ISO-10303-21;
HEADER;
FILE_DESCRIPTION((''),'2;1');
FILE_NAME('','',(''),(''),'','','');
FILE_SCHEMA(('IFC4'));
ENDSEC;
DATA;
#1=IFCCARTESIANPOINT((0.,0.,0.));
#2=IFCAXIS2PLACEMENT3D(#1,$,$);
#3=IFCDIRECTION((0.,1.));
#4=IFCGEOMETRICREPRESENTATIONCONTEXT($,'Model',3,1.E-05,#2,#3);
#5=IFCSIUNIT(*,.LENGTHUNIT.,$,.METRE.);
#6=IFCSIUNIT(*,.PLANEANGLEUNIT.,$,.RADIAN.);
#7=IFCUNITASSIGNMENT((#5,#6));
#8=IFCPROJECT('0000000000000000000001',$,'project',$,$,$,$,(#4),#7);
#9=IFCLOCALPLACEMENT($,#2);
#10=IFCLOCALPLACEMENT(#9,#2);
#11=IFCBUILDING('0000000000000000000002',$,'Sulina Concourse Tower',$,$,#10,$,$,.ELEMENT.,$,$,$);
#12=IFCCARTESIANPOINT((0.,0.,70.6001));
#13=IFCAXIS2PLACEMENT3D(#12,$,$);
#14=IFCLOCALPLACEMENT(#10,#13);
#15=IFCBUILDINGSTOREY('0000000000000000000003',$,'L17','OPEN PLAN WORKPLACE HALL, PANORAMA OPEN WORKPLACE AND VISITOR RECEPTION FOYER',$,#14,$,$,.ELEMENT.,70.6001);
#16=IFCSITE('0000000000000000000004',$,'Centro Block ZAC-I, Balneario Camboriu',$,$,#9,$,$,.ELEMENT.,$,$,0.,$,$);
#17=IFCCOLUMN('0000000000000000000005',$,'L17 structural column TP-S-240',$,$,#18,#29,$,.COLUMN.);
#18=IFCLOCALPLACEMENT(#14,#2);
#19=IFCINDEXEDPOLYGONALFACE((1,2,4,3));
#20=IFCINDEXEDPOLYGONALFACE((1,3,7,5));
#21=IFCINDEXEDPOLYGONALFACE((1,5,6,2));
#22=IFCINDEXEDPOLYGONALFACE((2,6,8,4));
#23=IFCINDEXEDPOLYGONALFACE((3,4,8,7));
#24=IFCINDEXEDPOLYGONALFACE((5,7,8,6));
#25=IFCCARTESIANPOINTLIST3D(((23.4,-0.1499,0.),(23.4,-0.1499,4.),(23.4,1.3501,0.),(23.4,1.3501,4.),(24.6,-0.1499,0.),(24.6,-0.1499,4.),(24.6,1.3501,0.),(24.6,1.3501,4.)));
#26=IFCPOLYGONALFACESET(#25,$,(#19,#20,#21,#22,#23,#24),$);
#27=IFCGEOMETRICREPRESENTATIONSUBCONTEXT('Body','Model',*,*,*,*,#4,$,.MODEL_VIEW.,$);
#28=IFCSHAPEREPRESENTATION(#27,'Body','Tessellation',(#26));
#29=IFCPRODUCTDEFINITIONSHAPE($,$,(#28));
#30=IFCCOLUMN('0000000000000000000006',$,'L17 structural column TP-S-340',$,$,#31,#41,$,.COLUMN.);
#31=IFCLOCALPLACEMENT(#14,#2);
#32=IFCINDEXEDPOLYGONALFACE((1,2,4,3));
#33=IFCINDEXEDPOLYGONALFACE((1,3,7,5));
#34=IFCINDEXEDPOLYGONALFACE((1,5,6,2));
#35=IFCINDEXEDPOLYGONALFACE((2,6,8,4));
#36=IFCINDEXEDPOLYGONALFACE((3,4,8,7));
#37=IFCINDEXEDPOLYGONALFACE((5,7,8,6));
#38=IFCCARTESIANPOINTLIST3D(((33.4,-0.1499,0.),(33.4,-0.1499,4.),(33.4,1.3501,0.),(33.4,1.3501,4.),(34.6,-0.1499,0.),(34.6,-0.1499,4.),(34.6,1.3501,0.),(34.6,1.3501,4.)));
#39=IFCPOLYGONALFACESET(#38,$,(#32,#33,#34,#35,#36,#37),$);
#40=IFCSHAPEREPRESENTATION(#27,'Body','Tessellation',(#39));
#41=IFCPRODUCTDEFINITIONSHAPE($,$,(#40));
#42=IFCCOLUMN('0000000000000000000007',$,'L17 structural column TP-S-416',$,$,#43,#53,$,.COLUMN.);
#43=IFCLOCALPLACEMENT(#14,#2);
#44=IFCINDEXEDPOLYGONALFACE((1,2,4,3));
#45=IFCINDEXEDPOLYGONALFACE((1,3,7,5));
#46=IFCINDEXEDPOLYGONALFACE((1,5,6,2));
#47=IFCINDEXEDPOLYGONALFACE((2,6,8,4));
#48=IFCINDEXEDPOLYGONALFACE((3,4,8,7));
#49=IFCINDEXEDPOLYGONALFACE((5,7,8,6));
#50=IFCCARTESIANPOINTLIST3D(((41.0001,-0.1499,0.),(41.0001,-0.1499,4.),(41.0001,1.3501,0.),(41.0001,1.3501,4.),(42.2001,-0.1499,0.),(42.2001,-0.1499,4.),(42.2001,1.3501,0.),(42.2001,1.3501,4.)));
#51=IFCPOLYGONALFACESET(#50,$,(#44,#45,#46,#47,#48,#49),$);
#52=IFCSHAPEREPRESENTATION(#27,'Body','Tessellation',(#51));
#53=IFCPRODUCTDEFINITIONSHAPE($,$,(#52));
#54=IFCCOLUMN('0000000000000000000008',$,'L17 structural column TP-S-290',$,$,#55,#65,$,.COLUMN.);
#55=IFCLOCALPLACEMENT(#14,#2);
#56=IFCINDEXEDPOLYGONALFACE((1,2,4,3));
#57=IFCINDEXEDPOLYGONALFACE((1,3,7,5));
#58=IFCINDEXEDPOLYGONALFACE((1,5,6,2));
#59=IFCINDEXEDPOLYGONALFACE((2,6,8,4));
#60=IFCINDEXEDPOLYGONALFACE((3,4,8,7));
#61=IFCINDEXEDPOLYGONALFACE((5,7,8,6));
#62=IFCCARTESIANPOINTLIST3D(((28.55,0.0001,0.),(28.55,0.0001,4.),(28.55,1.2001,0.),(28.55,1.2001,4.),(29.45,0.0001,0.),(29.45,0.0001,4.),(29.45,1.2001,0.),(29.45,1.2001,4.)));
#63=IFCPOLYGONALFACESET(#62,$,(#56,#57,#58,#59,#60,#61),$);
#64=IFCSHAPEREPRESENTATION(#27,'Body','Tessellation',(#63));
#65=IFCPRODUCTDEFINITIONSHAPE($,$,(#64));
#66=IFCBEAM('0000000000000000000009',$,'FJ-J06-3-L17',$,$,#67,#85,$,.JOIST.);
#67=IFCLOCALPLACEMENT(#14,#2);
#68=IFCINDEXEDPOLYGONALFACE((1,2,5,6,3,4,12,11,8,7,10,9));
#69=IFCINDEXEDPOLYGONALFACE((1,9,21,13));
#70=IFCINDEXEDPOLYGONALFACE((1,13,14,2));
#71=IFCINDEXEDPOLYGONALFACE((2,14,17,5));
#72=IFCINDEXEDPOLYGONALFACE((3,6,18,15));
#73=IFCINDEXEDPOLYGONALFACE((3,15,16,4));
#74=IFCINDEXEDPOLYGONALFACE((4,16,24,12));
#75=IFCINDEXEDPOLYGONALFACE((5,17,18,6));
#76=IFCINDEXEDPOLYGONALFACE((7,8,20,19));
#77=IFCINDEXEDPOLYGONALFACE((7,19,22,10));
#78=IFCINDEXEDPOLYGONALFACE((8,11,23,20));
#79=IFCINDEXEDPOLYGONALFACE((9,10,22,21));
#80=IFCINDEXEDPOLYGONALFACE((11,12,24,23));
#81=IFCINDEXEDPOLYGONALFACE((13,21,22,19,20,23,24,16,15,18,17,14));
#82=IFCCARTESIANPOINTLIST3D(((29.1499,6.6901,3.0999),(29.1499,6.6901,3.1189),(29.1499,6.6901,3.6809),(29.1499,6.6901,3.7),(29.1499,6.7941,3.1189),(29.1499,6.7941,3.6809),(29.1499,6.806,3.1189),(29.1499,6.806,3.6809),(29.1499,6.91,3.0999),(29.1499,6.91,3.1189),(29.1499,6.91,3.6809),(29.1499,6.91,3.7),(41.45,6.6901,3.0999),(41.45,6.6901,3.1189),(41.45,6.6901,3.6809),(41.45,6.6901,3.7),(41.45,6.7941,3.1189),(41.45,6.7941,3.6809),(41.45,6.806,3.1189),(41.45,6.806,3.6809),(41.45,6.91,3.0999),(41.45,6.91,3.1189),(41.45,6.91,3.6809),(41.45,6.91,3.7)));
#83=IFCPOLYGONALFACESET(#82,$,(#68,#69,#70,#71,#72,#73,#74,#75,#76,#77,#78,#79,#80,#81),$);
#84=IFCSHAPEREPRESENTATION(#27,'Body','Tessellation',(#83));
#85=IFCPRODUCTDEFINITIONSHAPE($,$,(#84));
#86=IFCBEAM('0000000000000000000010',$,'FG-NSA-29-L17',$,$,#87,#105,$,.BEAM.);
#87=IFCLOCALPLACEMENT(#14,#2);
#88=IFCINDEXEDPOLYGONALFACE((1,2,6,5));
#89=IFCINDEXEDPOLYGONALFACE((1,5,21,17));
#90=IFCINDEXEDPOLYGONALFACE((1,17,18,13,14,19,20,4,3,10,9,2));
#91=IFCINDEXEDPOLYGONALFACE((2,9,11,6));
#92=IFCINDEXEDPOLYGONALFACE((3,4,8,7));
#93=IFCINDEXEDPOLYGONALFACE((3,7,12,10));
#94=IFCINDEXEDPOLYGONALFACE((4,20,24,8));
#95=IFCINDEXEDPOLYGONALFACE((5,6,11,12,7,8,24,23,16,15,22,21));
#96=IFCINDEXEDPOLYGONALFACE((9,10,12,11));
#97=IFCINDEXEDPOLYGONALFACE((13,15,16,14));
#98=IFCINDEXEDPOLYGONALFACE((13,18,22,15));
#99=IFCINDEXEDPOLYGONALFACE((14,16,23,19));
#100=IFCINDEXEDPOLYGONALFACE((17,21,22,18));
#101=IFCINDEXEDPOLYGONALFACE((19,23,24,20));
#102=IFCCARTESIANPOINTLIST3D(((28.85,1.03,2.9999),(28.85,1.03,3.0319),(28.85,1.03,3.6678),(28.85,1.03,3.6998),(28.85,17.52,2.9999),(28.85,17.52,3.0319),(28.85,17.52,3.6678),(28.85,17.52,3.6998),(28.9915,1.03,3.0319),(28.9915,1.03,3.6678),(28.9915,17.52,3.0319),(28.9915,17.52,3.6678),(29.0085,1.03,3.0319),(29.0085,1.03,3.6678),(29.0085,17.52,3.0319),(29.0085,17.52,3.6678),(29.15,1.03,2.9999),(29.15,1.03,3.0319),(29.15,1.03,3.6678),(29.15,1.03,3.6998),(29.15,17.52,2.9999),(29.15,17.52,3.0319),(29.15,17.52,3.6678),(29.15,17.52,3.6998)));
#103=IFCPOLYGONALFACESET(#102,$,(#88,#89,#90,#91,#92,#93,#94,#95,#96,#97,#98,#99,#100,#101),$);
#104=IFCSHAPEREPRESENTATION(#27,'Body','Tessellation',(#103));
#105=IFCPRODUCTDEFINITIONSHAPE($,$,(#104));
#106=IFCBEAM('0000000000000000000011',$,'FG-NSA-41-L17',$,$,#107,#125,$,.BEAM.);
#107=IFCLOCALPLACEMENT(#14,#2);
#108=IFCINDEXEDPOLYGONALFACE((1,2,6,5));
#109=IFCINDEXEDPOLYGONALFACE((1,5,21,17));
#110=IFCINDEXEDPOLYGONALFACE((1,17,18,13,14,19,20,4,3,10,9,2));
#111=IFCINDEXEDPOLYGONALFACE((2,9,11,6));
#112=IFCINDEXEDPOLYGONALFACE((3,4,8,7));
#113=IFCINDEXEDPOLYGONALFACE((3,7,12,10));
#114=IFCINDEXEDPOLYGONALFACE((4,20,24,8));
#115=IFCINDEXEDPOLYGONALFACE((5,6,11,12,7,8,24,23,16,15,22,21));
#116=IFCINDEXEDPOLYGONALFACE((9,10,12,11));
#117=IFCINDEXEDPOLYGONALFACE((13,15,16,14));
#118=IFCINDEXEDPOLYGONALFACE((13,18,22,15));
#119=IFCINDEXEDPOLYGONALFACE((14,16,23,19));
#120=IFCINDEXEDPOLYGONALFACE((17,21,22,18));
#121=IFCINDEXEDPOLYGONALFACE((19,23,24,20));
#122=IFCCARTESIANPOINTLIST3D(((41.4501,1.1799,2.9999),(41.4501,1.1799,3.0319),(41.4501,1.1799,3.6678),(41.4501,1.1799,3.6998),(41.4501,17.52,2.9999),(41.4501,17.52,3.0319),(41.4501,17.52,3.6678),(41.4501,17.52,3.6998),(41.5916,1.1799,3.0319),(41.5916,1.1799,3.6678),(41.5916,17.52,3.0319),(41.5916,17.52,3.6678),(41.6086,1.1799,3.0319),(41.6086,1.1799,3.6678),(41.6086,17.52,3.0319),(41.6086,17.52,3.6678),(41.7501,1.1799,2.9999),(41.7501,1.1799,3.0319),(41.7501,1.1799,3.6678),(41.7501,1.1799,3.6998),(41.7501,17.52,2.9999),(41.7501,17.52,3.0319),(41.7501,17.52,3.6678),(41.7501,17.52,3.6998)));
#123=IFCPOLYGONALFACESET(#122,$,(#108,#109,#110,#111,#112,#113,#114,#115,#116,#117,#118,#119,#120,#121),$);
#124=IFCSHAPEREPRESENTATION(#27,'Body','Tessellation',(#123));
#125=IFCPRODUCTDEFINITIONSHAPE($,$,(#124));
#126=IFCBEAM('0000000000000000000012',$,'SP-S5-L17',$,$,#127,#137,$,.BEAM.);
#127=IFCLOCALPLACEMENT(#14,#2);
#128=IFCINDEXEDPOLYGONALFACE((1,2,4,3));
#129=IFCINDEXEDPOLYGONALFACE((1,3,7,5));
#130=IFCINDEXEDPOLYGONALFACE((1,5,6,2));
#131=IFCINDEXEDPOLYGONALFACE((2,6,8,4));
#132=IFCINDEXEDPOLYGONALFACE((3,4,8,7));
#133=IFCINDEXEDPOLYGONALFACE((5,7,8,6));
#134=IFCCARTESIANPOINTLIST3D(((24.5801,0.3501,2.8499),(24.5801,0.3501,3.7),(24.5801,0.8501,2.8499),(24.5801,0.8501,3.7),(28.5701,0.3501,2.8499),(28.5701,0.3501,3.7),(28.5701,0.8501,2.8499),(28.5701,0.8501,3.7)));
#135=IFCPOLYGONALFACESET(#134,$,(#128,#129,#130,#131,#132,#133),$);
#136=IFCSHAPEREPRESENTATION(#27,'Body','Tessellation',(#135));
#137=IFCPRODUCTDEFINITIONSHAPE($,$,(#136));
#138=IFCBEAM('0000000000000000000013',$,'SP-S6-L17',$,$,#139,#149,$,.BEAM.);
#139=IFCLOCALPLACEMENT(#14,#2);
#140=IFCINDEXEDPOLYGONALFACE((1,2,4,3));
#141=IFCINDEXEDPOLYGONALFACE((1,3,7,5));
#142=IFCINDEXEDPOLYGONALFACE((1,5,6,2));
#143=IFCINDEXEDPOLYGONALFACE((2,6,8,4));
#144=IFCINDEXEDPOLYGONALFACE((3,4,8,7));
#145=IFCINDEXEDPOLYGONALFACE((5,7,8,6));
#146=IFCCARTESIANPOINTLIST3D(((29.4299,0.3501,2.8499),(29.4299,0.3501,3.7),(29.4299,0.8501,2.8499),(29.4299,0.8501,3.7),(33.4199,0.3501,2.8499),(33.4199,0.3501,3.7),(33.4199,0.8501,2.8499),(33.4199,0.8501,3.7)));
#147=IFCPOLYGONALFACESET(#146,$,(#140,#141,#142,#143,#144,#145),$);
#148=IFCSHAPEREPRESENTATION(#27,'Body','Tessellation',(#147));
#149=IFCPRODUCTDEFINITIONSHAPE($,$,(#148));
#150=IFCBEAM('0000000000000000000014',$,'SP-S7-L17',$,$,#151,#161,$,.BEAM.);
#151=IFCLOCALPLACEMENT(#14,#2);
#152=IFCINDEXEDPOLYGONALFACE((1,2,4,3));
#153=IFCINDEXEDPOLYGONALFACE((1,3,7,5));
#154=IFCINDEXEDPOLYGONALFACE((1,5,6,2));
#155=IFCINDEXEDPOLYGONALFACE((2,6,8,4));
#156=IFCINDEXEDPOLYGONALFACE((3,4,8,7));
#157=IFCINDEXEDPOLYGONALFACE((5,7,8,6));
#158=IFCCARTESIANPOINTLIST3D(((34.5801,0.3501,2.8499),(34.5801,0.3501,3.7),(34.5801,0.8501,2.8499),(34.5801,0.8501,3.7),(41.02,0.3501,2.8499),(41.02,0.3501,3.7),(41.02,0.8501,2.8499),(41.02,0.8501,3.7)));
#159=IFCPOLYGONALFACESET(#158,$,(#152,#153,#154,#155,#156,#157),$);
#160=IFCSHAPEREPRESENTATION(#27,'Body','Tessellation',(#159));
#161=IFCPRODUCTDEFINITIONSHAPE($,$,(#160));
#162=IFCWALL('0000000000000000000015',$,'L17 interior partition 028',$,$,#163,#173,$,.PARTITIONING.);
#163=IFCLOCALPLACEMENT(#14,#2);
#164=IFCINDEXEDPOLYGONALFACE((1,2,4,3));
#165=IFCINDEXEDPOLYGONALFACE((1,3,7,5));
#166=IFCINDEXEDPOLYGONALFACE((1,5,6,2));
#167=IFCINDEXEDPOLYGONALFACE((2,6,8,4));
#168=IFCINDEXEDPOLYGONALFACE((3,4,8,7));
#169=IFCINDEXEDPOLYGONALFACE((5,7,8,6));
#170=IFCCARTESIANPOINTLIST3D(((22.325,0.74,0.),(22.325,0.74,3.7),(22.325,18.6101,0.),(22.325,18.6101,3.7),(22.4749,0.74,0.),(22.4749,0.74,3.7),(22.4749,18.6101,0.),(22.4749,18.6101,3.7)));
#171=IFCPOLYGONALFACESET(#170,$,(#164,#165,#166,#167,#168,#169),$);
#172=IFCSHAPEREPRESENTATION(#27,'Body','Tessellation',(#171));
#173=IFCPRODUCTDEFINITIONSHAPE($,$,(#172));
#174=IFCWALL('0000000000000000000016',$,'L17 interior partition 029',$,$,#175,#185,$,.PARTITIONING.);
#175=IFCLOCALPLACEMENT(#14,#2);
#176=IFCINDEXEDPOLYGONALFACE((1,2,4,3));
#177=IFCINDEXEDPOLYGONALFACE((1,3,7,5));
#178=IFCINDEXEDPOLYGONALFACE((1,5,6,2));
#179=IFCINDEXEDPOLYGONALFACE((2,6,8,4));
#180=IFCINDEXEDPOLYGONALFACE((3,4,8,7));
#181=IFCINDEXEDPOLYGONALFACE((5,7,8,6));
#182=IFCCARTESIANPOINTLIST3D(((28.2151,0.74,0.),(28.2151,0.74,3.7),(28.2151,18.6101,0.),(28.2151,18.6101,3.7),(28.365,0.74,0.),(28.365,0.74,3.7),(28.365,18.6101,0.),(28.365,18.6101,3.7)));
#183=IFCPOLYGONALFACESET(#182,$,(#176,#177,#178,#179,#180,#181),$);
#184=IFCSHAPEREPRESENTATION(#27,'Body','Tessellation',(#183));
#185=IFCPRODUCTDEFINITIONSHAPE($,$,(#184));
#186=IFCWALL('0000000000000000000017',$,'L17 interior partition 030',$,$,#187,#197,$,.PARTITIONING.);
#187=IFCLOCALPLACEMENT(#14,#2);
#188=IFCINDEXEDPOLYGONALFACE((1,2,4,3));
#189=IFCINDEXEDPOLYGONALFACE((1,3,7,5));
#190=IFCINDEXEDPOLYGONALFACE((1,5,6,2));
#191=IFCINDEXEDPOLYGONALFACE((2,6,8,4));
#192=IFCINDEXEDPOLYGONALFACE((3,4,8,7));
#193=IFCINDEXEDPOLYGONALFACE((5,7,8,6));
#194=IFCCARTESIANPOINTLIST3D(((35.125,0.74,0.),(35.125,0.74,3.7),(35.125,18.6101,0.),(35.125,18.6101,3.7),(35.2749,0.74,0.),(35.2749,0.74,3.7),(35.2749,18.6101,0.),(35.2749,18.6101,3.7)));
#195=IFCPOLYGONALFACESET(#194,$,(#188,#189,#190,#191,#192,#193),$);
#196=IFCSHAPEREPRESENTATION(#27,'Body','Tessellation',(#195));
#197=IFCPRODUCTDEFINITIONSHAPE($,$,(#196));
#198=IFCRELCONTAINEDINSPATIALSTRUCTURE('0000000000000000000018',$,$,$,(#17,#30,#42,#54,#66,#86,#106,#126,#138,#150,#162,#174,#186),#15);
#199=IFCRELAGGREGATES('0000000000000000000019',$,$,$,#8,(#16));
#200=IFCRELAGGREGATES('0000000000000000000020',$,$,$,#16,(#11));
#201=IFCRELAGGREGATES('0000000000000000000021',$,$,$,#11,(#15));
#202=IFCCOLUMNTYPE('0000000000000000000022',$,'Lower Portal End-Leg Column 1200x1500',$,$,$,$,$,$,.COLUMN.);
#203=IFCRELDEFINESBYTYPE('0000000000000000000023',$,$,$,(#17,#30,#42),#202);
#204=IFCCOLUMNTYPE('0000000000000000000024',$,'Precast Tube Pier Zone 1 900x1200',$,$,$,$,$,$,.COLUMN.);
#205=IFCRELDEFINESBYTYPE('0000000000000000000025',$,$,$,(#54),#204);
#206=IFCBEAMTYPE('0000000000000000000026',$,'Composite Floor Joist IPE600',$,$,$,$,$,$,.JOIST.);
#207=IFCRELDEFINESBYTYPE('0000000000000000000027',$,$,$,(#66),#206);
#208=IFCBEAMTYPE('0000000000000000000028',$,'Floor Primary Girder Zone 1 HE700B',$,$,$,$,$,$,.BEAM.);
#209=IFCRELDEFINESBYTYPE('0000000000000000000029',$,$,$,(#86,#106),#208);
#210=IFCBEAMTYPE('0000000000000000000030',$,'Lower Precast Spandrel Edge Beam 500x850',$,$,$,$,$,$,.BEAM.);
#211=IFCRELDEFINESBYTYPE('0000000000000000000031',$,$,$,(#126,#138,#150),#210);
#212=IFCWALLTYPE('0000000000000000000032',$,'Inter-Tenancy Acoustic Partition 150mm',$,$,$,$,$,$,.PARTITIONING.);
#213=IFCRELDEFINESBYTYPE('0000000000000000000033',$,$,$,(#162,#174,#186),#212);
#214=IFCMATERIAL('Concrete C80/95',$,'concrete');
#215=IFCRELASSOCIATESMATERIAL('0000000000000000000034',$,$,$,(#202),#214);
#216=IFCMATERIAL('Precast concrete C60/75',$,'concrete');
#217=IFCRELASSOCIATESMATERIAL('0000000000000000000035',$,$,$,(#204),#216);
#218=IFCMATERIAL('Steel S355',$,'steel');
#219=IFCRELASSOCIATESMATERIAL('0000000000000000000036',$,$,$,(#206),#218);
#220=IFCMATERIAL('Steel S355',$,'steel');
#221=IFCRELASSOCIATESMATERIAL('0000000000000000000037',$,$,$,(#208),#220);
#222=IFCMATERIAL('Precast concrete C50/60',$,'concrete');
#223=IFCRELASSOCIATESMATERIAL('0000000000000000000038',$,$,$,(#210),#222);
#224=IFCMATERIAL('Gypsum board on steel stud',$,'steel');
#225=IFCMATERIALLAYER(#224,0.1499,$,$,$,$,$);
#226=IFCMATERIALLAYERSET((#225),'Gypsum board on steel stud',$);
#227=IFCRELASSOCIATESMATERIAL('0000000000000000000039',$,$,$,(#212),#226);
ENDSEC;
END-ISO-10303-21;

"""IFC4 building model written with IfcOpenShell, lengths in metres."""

from ifc_helpers import new_model, si_unit, direction, frame, frame_2d, origin, origin_2d, place, context, subcontext, project, spatial, rectangle, i_section, extrude, material, layer, layer_set, material_profile, profile_set, type_object, element, save


model = new_model("IFC4")

# Units and contexts
model_context = context("Model", 3, precision=1e-05, world=origin(), true_north=direction((0.0, 1.0)))
body_context = subcontext(model_context, "Body", "Model", "MODEL_VIEW")
ifc_project = project(units=[si_unit("LENGTHUNIT", "METRE"), si_unit("PLANEANGLEUNIT", "RADIAN")], contexts=[model_context])

# Site, building, storey
site_placement = place(None, origin())
site = spatial("IfcSite", under=ifc_project, at=site_placement, Name="Centro Block ZAC-I, Balneario Camboriu", CompositionType="ELEMENT", RefElevation=0.0)
building_placement = place(site_placement, origin())
building = spatial("IfcBuilding", under=site, at=building_placement, Name="Sulina Concourse Tower", CompositionType="ELEMENT")
storey_placement = place(building_placement, frame((0.0, 0.0, 70.6001)))
storey = spatial("IfcBuildingStorey", under=building, at=storey_placement, Name="L17", Description="OPEN PLAN WORKPLACE HALL, PANORAMA OPEN WORKPLACE AND VISITOR RECEPTION FOYER", CompositionType="ELEMENT", Elevation=70.6001)

# Columns
ifc_material_1 = material(Name="Concrete C80/95", Category="concrete")
ifc_material_profile_1 = material_profile(ifc_material_1, rectangle(XDim=1.2, YDim=1.5, at=origin_2d()), Name="RC 1200x1500")
ifc_profile_set_1 = profile_set([ifc_material_profile_1], Name="Concrete C80/95")
column_type_1 = type_object("IfcColumnType", Name="Lower Portal End-Leg Column 1200x1500", PredefinedType="COLUMN", material=ifc_profile_set_1)
for number, where, z_axis, x_axis, name in (
    (1, (24.0, 0.6001, 0.0), (0.0, 0.0, 1.0), (1.0, 0.0, 0.0), "L17 structural column TP-S-240"),
    (2, (34.0, 0.6001, 0.0), (0.0, 0.0, 1.0), (1.0, 0.0, 0.0), "L17 structural column TP-S-340"),
    (3, (41.6001, 0.6001, 0.0), (0.0, 0.0, 1.0), (1.0, 0.0, 0.0), "L17 structural column TP-S-416"),
):
    element("IfcColumn", number, at=place(storey_placement, frame(where, z_axis=z_axis, x_axis=x_axis)), inside=storey, type_object=column_type_1, Name=name, PredefinedType="COLUMN", context=body_context, shape_type="SweptSolid", body=[
        extrude(rectangle(XDim=1.2, YDim=1.5, at=origin_2d()), origin(), (0.0, 0.0, 1.0), 4.0),
    ])
ifc_material_2 = material(Name="Precast concrete C60/75", Category="concrete")
ifc_material_profile_2 = material_profile(ifc_material_2, rectangle(XDim=0.8999, YDim=1.2, at=origin_2d()), Name="PC 900x1200")
ifc_profile_set_2 = profile_set([ifc_material_profile_2], Name="Precast concrete C60/75")
column_type_2 = type_object("IfcColumnType", Name="Precast Tube Pier Zone 1 900x1200", PredefinedType="COLUMN", material=ifc_profile_set_2)
column_placement = place(storey_placement, frame((29.0, 0.6001, 0.0), z_axis=(0.0, 0.0, 1.0), x_axis=(1.0, 0.0, 0.0)))
element("IfcColumn", 4, at=column_placement, inside=storey, type_object=column_type_2, Name="L17 structural column TP-S-290", PredefinedType="COLUMN", context=body_context, shape_type="SweptSolid", body=[
    extrude(rectangle(XDim=0.8999, YDim=1.2, at=origin_2d()), origin(), (0.0, 0.0, 1.0), 4.0),
])

# Beams
ifc_material_3 = material(Name="Steel S355", Category="steel")
ifc_material_profile_3 = material_profile(ifc_material_3, i_section(OverallWidth=0.22, OverallDepth=0.6001, WebThickness=0.012, FlangeThickness=0.019, at=origin_2d()), Name="IPE 600")
ifc_profile_set_3 = profile_set([ifc_material_profile_3], Name="Steel S355")
beam_type_1 = type_object("IfcBeamType", Name="Composite Floor Joist IPE600", PredefinedType="JOIST", material=ifc_profile_set_3)
beam_1_placement = place(storey_placement, frame((29.1499, 6.8, 3.3999), z_axis=(1.0, 0.0, 0.0), x_axis=(0.0, 1.0, 0.0)))
element("IfcBeam", 5, at=beam_1_placement, inside=storey, type_object=beam_type_1, Name="FJ-J06-3-L17", PredefinedType="JOIST", context=body_context, shape_type="SweptSolid", body=[
    extrude(i_section(OverallWidth=0.22, OverallDepth=0.6001, WebThickness=0.012, FlangeThickness=0.019, at=origin_2d()), origin(), (0.0, 0.0, 1.0), 12.3),
])
ifc_material_4 = material(Name="Steel S355", Category="steel")
ifc_material_profile_4 = material_profile(ifc_material_4, i_section(OverallWidth=0.3, OverallDepth=0.7, WebThickness=0.0171, FlangeThickness=0.032, at=origin_2d()), Name="HE 700 B")
ifc_profile_set_4 = profile_set([ifc_material_profile_4], Name="Steel S355")
beam_type_2 = type_object("IfcBeamType", Name="Floor Primary Girder Zone 1 HE700B", PredefinedType="BEAM", material=ifc_profile_set_4)
beam_2_placement = place(storey_placement, frame((29.0, 1.03, 3.3499), z_axis=(0.0, 1.0, 0.0), x_axis=(-1.0, 0.0, 0.0)))
element("IfcBeam", 6, at=beam_2_placement, inside=storey, type_object=beam_type_2, Name="FG-NSA-29-L17", PredefinedType="BEAM", context=body_context, shape_type="SweptSolid", body=[
    extrude(i_section(OverallWidth=0.3, OverallDepth=0.7, WebThickness=0.0171, FlangeThickness=0.032, at=origin_2d()), origin(), (0.0, 0.0, 1.0), 16.49),
])
beam_3_placement = place(storey_placement, frame((41.6001, 1.1799, 3.3499), z_axis=(0.0, 1.0, 0.0), x_axis=(-1.0, 0.0, 0.0)))
element("IfcBeam", 7, at=beam_3_placement, inside=storey, type_object=beam_type_2, Name="FG-NSA-41-L17", PredefinedType="BEAM", context=body_context, shape_type="SweptSolid", body=[
    extrude(i_section(OverallWidth=0.3, OverallDepth=0.7, WebThickness=0.0171, FlangeThickness=0.032, at=origin_2d()), origin(), (0.0, 0.0, 1.0), 16.3401),
])
ifc_material_5 = material(Name="Precast concrete C50/60", Category="concrete")
ifc_material_profile_5 = material_profile(ifc_material_5, rectangle(XDim=0.5, YDim=0.8501, at=origin_2d()), Name="RC 500x850")
ifc_profile_set_5 = profile_set([ifc_material_profile_5], Name="Precast concrete C50/60")
beam_type_3 = type_object("IfcBeamType", Name="Lower Precast Spandrel Edge Beam 500x850", PredefinedType="BEAM", material=ifc_profile_set_5)
for number, where, z_axis, x_axis, name in (
    (8, (24.5801, 0.6001, 3.2749), (1.0, 0.0, 0.0), (0.0, 1.0, 0.0), "SP-S5-L17"),
    (9, (29.4299, 0.6001, 3.2749), (1.0, 0.0, 0.0), (0.0, 1.0, 0.0), "SP-S6-L17"),
):
    element("IfcBeam", number, at=place(storey_placement, frame(where, z_axis=z_axis, x_axis=x_axis)), inside=storey, type_object=beam_type_3, Name=name, PredefinedType="BEAM", context=body_context, shape_type="SweptSolid", body=[
        extrude(rectangle(XDim=0.5, YDim=0.8501, at=origin_2d()), origin(), (0.0, 0.0, 1.0), 3.99),
    ])
beam_4_placement = place(storey_placement, frame((34.5801, 0.6001, 3.2749), z_axis=(1.0, 0.0, 0.0), x_axis=(0.0, 1.0, 0.0)))
element("IfcBeam", 10, at=beam_4_placement, inside=storey, type_object=beam_type_3, Name="SP-S7-L17", PredefinedType="BEAM", context=body_context, shape_type="SweptSolid", body=[
    extrude(rectangle(XDim=0.5, YDim=0.8501, at=origin_2d()), origin(), (0.0, 0.0, 1.0), 6.4399),
])

# Walls
ifc_material_6 = material(Name="Gypsum board on steel stud", Category="steel")
ifc_layer_1 = layer(ifc_material_6, 0.1499)
ifc_layer_set_1 = layer_set([ifc_layer_1], Name="Gypsum board on steel stud")
wall_type_1 = type_object("IfcWallType", Name="Inter-Tenancy Acoustic Partition 150mm", PredefinedType="PARTITIONING", material=ifc_layer_set_1)
for number, where, z_axis, x_axis, name in (
    (11, (22.3999, 0.74, 0.0), (0.0, 0.0, 1.0), (0.0, 1.0, 0.0), "L17 interior partition 028"),
    (12, (28.29, 0.74, 0.0), (0.0, 0.0, 1.0), (0.0, 1.0, 0.0), "L17 interior partition 029"),
    (13, (35.2, 0.74, 0.0), (0.0, 0.0, 1.0), (0.0, 1.0, 0.0), "L17 interior partition 030"),
):
    element("IfcWall", number, at=place(storey_placement, frame(where, z_axis=z_axis, x_axis=x_axis)), inside=storey, type_object=wall_type_1, Name=name, PredefinedType="PARTITIONING", context=body_context, shape_type="SweptSolid", body=[
        extrude(rectangle(XDim=17.8701, YDim=0.1499, at=frame_2d((8.9351, 0.0))), origin(), (0.0, 0.0, 1.0), 3.7),
    ])

save(model, "model.ifc")
